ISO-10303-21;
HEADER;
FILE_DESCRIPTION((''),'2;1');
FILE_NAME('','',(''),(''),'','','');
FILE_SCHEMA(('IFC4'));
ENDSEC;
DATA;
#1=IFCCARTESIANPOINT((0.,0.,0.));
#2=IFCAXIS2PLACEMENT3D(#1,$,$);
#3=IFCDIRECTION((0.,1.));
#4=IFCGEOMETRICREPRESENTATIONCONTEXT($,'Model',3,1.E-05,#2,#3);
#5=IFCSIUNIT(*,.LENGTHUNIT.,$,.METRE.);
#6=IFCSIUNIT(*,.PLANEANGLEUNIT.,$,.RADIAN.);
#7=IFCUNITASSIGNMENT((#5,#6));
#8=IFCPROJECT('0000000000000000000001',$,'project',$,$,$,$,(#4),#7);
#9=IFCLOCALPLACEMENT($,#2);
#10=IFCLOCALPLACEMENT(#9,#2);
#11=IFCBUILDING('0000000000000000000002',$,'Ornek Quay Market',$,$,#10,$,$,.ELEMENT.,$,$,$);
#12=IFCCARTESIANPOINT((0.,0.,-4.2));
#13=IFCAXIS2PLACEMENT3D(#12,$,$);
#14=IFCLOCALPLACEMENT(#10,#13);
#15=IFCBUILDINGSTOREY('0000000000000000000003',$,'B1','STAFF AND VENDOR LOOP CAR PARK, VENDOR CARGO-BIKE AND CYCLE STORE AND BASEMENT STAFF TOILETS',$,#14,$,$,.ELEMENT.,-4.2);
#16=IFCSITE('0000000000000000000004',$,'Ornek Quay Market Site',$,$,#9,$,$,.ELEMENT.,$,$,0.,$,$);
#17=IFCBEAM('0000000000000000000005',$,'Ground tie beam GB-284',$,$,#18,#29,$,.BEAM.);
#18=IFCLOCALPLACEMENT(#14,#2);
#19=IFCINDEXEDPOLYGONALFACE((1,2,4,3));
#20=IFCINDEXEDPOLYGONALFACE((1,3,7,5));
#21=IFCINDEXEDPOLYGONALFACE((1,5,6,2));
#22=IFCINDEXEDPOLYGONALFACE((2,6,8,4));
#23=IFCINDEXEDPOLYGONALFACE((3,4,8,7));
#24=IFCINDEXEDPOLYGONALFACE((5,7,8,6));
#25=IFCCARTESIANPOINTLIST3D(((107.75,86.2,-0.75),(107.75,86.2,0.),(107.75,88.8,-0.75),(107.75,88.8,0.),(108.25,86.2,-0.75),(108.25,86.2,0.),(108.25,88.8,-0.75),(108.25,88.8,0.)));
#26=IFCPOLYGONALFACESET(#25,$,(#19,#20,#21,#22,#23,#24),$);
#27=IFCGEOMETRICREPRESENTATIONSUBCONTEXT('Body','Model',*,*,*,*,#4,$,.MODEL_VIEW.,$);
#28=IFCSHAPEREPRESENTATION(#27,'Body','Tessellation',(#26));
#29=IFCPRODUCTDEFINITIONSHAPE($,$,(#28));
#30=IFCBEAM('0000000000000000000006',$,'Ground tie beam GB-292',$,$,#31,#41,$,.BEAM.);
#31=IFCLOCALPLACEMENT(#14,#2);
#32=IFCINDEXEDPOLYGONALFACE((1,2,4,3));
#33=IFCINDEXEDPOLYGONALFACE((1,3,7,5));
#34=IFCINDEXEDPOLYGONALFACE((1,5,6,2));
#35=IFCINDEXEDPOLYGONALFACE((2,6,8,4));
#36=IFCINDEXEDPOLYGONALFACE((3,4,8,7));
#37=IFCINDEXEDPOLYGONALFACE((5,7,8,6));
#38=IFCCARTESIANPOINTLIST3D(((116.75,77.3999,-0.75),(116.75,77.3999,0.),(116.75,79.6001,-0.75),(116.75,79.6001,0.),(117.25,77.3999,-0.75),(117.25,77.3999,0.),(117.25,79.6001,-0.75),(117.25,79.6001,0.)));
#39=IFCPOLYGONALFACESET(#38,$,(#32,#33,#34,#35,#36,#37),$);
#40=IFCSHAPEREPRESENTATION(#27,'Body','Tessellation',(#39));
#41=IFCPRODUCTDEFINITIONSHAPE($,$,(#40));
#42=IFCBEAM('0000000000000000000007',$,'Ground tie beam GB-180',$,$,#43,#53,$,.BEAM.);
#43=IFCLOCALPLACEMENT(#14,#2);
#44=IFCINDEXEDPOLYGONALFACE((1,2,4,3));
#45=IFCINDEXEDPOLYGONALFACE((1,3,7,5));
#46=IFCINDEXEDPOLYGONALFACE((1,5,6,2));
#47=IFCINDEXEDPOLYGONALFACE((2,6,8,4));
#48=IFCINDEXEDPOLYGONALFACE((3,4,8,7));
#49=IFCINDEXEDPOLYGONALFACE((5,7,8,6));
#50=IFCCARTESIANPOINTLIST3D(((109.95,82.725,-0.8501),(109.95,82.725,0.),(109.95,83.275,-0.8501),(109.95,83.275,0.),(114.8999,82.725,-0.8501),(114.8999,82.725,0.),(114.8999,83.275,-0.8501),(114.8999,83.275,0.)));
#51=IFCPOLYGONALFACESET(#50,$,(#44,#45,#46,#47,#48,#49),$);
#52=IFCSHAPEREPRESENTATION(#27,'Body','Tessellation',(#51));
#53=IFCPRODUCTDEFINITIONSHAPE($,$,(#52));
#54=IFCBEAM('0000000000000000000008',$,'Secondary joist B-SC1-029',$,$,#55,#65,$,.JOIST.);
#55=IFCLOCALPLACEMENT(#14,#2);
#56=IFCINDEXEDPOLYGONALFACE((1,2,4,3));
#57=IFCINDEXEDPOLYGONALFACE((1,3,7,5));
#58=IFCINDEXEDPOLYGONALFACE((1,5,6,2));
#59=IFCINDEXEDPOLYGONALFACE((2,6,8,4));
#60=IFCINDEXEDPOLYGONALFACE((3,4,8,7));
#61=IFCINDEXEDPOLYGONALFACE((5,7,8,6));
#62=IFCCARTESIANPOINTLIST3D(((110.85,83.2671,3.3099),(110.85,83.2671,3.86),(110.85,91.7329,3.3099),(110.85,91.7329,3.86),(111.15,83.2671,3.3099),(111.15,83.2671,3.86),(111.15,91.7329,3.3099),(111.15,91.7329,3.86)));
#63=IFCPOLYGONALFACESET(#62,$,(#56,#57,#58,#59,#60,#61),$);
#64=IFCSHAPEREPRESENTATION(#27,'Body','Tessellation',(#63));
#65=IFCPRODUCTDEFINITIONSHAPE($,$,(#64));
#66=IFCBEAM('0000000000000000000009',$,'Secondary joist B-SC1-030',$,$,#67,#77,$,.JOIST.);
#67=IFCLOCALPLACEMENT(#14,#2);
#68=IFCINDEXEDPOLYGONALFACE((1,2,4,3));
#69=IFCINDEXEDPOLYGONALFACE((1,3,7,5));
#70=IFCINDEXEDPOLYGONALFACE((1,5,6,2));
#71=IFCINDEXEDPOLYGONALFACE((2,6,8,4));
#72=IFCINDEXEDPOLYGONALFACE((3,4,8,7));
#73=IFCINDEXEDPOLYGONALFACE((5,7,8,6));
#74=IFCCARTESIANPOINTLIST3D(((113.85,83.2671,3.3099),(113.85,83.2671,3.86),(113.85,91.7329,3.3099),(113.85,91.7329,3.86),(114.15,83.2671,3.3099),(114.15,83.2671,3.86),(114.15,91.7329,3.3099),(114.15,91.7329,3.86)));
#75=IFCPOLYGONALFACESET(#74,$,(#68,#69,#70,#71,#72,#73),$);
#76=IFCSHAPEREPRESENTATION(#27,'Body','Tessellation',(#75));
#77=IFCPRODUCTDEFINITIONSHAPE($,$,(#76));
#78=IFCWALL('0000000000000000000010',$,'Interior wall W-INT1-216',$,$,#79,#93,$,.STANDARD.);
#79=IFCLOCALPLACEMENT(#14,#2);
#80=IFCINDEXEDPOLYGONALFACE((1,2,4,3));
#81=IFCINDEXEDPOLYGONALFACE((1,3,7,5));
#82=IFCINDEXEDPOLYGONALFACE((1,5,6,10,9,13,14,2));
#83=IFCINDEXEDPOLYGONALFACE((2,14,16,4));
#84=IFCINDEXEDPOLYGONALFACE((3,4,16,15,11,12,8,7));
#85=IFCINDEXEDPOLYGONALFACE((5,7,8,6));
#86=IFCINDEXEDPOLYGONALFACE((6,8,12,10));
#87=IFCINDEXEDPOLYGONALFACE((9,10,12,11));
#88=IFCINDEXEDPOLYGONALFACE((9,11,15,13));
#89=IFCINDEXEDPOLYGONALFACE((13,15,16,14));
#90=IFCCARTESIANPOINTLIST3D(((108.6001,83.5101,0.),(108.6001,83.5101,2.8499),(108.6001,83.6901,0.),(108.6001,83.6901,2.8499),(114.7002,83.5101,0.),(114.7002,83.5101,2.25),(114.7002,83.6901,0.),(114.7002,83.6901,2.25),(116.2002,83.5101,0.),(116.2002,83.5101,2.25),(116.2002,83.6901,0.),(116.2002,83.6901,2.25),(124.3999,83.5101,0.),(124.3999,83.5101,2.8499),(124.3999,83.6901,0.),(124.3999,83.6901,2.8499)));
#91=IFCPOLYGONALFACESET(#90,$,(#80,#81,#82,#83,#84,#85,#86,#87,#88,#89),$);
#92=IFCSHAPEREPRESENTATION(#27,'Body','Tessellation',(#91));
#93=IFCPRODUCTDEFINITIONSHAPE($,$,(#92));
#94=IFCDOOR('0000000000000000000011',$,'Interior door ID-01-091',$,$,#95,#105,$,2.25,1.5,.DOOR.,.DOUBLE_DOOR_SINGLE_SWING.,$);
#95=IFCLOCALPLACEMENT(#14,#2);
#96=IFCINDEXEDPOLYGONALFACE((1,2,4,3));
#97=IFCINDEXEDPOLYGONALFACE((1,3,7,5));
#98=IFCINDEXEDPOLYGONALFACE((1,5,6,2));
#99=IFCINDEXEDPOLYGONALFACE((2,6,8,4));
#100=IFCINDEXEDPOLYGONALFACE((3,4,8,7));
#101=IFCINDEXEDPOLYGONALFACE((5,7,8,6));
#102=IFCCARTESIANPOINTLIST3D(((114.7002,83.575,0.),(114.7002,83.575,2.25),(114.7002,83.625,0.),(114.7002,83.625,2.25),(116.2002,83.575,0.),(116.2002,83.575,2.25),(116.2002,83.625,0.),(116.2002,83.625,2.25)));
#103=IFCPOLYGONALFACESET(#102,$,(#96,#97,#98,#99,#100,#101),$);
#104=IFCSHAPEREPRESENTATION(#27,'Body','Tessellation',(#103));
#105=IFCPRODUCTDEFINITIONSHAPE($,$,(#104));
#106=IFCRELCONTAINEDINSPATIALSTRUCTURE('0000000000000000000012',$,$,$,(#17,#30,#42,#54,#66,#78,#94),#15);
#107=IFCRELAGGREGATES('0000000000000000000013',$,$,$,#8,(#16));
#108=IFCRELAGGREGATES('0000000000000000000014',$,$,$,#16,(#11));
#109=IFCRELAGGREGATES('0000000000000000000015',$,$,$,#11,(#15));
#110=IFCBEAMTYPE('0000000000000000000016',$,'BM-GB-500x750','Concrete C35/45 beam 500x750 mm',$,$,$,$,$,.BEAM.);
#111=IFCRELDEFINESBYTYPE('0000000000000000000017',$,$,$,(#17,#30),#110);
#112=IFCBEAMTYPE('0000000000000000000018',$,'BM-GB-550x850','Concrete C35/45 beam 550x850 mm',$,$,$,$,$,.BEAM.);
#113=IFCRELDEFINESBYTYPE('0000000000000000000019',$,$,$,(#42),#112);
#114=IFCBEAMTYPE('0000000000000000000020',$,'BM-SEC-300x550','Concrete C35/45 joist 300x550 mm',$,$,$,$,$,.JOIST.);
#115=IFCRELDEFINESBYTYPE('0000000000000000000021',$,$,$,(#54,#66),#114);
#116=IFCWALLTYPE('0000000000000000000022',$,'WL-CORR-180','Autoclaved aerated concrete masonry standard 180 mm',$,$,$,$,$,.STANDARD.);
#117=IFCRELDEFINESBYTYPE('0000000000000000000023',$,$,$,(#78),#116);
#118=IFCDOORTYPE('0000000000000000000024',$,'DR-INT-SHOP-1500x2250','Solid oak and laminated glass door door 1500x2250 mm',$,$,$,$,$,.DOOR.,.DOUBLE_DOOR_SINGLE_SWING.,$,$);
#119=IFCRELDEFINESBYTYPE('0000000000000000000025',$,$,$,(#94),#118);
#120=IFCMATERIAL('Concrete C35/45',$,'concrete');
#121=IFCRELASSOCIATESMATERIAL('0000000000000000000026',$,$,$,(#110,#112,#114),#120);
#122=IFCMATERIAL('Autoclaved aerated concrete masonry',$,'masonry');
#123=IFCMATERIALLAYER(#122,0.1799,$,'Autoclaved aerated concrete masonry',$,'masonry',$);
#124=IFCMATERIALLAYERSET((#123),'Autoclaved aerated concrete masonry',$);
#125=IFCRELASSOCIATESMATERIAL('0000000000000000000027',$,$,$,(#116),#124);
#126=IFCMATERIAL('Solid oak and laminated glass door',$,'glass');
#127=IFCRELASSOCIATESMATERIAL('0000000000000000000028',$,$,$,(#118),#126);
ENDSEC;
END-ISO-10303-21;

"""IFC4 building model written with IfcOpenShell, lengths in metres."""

from ifc_helpers import new_model, si_unit, direction, frame, frame_2d, origin, origin_2d, place, context, subcontext, project, spatial, rectangle, extrude, material, layer, layer_set, material_profile, profile_set, type_object, element, fill, save


model = new_model("IFC4")

# Units and contexts
model_context = context("Model", 3, precision=1e-05, world=origin(), true_north=direction((0.0, 1.0)))
body_context = subcontext(model_context, "Body", "Model", "MODEL_VIEW")
ifc_project = project(units=[si_unit("LENGTHUNIT", "METRE"), si_unit("PLANEANGLEUNIT", "RADIAN")], contexts=[model_context])

# Site, building, storey
site_placement = place(None, origin())
site = spatial("IfcSite", under=ifc_project, at=site_placement, Name="Ornek Quay Market Site", CompositionType="ELEMENT", RefElevation=0.0)
building_placement = place(site_placement, origin())
building = spatial("IfcBuilding", under=site, at=building_placement, Name="Ornek Quay Market", CompositionType="ELEMENT")
storey_placement = place(building_placement, frame((0.0, 0.0, -4.2)))
storey = spatial("IfcBuildingStorey", under=building, at=storey_placement, Name="B1", Description="STAFF AND VENDOR LOOP CAR PARK, VENDOR CARGO-BIKE AND CYCLE STORE AND BASEMENT STAFF TOILETS", CompositionType="ELEMENT", Elevation=-4.2)

# Shared definitions
ifc_material_1 = material(Name="Concrete C35/45", Category="concrete")

# Beams
ifc_material_profile_1 = material_profile(ifc_material_1, rectangle(XDim=0.5, YDim=0.75, at=origin_2d()), Name="RC 500x750", Category="concrete")
ifc_profile_set_1 = profile_set([ifc_material_profile_1], Name="Concrete C35/45")
beam_type_1 = type_object("IfcBeamType", Name="BM-GB-500x750", Description="Concrete C35/45 beam 500x750 mm", PredefinedType="BEAM", material=ifc_profile_set_1)
for number, where, z_axis, x_axis, name in (
    (1, (108.0, 86.2, -0.375), (0.0, 1.0, 0.0), (-1.0, 0.0, 0.0), "Ground tie beam GB-284"),
):
    element("IfcBeam", number, at=place(storey_placement, frame(where, z_axis=z_axis, x_axis=x_axis)), inside=storey, type_object=beam_type_1, Name=name, PredefinedType="BEAM", context=body_context, shape_type="SweptSolid", body=[
        extrude(rectangle(XDim=0.5, YDim=0.75, at=origin_2d()), origin(), (0.0, 0.0, 1.0), 2.6001),
    ])
beam_1_placement = place(storey_placement, frame((117.0, 77.3999, -0.375), z_axis=(0.0, 1.0, 0.0), x_axis=(-1.0, 0.0, 0.0)))
element("IfcBeam", 2, at=beam_1_placement, inside=storey, type_object=beam_type_1, Name="Ground tie beam GB-292", PredefinedType="BEAM", context=body_context, shape_type="SweptSolid", body=[
    extrude(rectangle(XDim=0.5, YDim=0.75, at=origin_2d()), origin(), (0.0, 0.0, 1.0), 2.2002),
])
ifc_material_profile_2 = material_profile(ifc_material_1, rectangle(XDim=0.55, YDim=0.8501, at=origin_2d()), Name="RC 550x850", Category="concrete")
ifc_profile_set_2 = profile_set([ifc_material_profile_2], Name="Concrete C35/45")
beam_type_2 = type_object("IfcBeamType", Name="BM-GB-550x850", Description="Concrete C35/45 beam 550x850 mm", PredefinedType="BEAM", material=ifc_profile_set_2)
beam_2_placement = place(storey_placement, frame((109.95, 83.0, -0.425), z_axis=(1.0, 0.0, 0.0), x_axis=(0.0, 1.0, 0.0)))
element("IfcBeam", 3, at=beam_2_placement, inside=storey, type_object=beam_type_2, Name="Ground tie beam GB-180", PredefinedType="BEAM", context=body_context, shape_type="SweptSolid", body=[
    extrude(rectangle(XDim=0.55, YDim=0.8501, at=origin_2d()), origin(), (0.0, 0.0, 1.0), 4.95),
])
ifc_material_profile_3 = material_profile(ifc_material_1, rectangle(XDim=0.3, YDim=0.55, at=origin_2d()), Name="RC 300x550", Category="concrete")
ifc_profile_set_3 = profile_set([ifc_material_profile_3], Name="Concrete C35/45")
beam_type_3 = type_object("IfcBeamType", Name="BM-SEC-300x550", Description="Concrete C35/45 joist 300x550 mm", PredefinedType="JOIST", material=ifc_profile_set_3)
for number, where, z_axis, x_axis, name in (
    (4, (111.0, 83.2671, 3.585), (0.0, 1.0, 0.0), (-1.0, 0.0, 0.0), "Secondary joist B-SC1-029"),
    (5, (114.0, 83.2671, 3.585), (0.0, 1.0, 0.0), (-1.0, 0.0, 0.0), "Secondary joist B-SC1-030"),
):
    element("IfcBeam", number, at=place(storey_placement, frame(where, z_axis=z_axis, x_axis=x_axis)), inside=storey, type_object=beam_type_3, Name=name, PredefinedType="JOIST", context=body_context, shape_type="SweptSolid", body=[
        extrude(rectangle(XDim=0.3, YDim=0.55, at=origin_2d()), origin(), (0.0, 0.0, 1.0), 8.4658),
    ])

# Wall, opening, door
ifc_material_2 = material(Name="Autoclaved aerated concrete masonry", Category="masonry")
ifc_layer = layer(ifc_material_2, 0.1799, Name="Autoclaved aerated concrete masonry", Category="masonry")
ifc_layer_set = layer_set([ifc_layer], Name="Autoclaved aerated concrete masonry")
wall_type = type_object("IfcWallType", Name="WL-CORR-180", Description="Autoclaved aerated concrete masonry standard 180 mm", PredefinedType="STANDARD", material=ifc_layer_set)
wall_placement = place(storey_placement, frame((108.6001, 83.6001, 0.0), z_axis=(0.0, 0.0, 1.0), x_axis=(1.0, 0.0, 0.0)))
wall = element("IfcWall", 6, at=wall_placement, inside=storey, type_object=wall_type, Name="Interior wall W-INT1-216", PredefinedType="STANDARD", context=body_context, shape_type="SweptSolid", body=[
    extrude(rectangle(XDim=15.7998, YDim=0.1799, at=frame_2d((7.8999, 0.0))), origin(), (0.0, 0.0, 1.0), 2.8499),
])
opening_placement = place(wall_placement, frame((6.1001, 0.0, 0.0)))
opening = element("IfcOpeningElement", 7, at=opening_placement, cuts=wall, PredefinedType="OPENING", context=body_context, shape_type="SweptSolid", body=[
    extrude(rectangle(XDim=1.5, YDim=2.25, at=frame_2d((0.75, 1.125))), frame((0.0, 0.0999, 0.0), z_axis=(0.0, -1.0, 0.0), x_axis=(1.0, 0.0, 0.0)), (0.0, 0.0, 1.0), 0.2),
])
ifc_material_3 = material(Name="Solid oak and laminated glass door", Category="glass")
door_type = type_object("IfcDoorType", Name="DR-INT-SHOP-1500x2250", Description="Solid oak and laminated glass door door 1500x2250 mm", OperationType="DOUBLE_DOOR_SINGLE_SWING", PredefinedType="DOOR", material=ifc_material_3)
door_placement = place(opening_placement, origin())
door = element("IfcDoor", 8, at=door_placement, inside=storey, type_object=door_type, Name="Interior door ID-01-091", OperationType="DOUBLE_DOOR_SINGLE_SWING", OverallHeight=2.25, OverallWidth=1.5, PredefinedType="DOOR", context=body_context, shape_type="SweptSolid", body=[
    extrude(rectangle(XDim=1.5, YDim=2.25, at=frame_2d((0.75, 1.125))), frame((0.0, 0.0249, 0.0), z_axis=(0.0, -1.0, 0.0), x_axis=(1.0, 0.0, 0.0)), (0.0, 0.0, 1.0), 0.05),
])
fill(opening, door)

save(model, "model.ifc")
